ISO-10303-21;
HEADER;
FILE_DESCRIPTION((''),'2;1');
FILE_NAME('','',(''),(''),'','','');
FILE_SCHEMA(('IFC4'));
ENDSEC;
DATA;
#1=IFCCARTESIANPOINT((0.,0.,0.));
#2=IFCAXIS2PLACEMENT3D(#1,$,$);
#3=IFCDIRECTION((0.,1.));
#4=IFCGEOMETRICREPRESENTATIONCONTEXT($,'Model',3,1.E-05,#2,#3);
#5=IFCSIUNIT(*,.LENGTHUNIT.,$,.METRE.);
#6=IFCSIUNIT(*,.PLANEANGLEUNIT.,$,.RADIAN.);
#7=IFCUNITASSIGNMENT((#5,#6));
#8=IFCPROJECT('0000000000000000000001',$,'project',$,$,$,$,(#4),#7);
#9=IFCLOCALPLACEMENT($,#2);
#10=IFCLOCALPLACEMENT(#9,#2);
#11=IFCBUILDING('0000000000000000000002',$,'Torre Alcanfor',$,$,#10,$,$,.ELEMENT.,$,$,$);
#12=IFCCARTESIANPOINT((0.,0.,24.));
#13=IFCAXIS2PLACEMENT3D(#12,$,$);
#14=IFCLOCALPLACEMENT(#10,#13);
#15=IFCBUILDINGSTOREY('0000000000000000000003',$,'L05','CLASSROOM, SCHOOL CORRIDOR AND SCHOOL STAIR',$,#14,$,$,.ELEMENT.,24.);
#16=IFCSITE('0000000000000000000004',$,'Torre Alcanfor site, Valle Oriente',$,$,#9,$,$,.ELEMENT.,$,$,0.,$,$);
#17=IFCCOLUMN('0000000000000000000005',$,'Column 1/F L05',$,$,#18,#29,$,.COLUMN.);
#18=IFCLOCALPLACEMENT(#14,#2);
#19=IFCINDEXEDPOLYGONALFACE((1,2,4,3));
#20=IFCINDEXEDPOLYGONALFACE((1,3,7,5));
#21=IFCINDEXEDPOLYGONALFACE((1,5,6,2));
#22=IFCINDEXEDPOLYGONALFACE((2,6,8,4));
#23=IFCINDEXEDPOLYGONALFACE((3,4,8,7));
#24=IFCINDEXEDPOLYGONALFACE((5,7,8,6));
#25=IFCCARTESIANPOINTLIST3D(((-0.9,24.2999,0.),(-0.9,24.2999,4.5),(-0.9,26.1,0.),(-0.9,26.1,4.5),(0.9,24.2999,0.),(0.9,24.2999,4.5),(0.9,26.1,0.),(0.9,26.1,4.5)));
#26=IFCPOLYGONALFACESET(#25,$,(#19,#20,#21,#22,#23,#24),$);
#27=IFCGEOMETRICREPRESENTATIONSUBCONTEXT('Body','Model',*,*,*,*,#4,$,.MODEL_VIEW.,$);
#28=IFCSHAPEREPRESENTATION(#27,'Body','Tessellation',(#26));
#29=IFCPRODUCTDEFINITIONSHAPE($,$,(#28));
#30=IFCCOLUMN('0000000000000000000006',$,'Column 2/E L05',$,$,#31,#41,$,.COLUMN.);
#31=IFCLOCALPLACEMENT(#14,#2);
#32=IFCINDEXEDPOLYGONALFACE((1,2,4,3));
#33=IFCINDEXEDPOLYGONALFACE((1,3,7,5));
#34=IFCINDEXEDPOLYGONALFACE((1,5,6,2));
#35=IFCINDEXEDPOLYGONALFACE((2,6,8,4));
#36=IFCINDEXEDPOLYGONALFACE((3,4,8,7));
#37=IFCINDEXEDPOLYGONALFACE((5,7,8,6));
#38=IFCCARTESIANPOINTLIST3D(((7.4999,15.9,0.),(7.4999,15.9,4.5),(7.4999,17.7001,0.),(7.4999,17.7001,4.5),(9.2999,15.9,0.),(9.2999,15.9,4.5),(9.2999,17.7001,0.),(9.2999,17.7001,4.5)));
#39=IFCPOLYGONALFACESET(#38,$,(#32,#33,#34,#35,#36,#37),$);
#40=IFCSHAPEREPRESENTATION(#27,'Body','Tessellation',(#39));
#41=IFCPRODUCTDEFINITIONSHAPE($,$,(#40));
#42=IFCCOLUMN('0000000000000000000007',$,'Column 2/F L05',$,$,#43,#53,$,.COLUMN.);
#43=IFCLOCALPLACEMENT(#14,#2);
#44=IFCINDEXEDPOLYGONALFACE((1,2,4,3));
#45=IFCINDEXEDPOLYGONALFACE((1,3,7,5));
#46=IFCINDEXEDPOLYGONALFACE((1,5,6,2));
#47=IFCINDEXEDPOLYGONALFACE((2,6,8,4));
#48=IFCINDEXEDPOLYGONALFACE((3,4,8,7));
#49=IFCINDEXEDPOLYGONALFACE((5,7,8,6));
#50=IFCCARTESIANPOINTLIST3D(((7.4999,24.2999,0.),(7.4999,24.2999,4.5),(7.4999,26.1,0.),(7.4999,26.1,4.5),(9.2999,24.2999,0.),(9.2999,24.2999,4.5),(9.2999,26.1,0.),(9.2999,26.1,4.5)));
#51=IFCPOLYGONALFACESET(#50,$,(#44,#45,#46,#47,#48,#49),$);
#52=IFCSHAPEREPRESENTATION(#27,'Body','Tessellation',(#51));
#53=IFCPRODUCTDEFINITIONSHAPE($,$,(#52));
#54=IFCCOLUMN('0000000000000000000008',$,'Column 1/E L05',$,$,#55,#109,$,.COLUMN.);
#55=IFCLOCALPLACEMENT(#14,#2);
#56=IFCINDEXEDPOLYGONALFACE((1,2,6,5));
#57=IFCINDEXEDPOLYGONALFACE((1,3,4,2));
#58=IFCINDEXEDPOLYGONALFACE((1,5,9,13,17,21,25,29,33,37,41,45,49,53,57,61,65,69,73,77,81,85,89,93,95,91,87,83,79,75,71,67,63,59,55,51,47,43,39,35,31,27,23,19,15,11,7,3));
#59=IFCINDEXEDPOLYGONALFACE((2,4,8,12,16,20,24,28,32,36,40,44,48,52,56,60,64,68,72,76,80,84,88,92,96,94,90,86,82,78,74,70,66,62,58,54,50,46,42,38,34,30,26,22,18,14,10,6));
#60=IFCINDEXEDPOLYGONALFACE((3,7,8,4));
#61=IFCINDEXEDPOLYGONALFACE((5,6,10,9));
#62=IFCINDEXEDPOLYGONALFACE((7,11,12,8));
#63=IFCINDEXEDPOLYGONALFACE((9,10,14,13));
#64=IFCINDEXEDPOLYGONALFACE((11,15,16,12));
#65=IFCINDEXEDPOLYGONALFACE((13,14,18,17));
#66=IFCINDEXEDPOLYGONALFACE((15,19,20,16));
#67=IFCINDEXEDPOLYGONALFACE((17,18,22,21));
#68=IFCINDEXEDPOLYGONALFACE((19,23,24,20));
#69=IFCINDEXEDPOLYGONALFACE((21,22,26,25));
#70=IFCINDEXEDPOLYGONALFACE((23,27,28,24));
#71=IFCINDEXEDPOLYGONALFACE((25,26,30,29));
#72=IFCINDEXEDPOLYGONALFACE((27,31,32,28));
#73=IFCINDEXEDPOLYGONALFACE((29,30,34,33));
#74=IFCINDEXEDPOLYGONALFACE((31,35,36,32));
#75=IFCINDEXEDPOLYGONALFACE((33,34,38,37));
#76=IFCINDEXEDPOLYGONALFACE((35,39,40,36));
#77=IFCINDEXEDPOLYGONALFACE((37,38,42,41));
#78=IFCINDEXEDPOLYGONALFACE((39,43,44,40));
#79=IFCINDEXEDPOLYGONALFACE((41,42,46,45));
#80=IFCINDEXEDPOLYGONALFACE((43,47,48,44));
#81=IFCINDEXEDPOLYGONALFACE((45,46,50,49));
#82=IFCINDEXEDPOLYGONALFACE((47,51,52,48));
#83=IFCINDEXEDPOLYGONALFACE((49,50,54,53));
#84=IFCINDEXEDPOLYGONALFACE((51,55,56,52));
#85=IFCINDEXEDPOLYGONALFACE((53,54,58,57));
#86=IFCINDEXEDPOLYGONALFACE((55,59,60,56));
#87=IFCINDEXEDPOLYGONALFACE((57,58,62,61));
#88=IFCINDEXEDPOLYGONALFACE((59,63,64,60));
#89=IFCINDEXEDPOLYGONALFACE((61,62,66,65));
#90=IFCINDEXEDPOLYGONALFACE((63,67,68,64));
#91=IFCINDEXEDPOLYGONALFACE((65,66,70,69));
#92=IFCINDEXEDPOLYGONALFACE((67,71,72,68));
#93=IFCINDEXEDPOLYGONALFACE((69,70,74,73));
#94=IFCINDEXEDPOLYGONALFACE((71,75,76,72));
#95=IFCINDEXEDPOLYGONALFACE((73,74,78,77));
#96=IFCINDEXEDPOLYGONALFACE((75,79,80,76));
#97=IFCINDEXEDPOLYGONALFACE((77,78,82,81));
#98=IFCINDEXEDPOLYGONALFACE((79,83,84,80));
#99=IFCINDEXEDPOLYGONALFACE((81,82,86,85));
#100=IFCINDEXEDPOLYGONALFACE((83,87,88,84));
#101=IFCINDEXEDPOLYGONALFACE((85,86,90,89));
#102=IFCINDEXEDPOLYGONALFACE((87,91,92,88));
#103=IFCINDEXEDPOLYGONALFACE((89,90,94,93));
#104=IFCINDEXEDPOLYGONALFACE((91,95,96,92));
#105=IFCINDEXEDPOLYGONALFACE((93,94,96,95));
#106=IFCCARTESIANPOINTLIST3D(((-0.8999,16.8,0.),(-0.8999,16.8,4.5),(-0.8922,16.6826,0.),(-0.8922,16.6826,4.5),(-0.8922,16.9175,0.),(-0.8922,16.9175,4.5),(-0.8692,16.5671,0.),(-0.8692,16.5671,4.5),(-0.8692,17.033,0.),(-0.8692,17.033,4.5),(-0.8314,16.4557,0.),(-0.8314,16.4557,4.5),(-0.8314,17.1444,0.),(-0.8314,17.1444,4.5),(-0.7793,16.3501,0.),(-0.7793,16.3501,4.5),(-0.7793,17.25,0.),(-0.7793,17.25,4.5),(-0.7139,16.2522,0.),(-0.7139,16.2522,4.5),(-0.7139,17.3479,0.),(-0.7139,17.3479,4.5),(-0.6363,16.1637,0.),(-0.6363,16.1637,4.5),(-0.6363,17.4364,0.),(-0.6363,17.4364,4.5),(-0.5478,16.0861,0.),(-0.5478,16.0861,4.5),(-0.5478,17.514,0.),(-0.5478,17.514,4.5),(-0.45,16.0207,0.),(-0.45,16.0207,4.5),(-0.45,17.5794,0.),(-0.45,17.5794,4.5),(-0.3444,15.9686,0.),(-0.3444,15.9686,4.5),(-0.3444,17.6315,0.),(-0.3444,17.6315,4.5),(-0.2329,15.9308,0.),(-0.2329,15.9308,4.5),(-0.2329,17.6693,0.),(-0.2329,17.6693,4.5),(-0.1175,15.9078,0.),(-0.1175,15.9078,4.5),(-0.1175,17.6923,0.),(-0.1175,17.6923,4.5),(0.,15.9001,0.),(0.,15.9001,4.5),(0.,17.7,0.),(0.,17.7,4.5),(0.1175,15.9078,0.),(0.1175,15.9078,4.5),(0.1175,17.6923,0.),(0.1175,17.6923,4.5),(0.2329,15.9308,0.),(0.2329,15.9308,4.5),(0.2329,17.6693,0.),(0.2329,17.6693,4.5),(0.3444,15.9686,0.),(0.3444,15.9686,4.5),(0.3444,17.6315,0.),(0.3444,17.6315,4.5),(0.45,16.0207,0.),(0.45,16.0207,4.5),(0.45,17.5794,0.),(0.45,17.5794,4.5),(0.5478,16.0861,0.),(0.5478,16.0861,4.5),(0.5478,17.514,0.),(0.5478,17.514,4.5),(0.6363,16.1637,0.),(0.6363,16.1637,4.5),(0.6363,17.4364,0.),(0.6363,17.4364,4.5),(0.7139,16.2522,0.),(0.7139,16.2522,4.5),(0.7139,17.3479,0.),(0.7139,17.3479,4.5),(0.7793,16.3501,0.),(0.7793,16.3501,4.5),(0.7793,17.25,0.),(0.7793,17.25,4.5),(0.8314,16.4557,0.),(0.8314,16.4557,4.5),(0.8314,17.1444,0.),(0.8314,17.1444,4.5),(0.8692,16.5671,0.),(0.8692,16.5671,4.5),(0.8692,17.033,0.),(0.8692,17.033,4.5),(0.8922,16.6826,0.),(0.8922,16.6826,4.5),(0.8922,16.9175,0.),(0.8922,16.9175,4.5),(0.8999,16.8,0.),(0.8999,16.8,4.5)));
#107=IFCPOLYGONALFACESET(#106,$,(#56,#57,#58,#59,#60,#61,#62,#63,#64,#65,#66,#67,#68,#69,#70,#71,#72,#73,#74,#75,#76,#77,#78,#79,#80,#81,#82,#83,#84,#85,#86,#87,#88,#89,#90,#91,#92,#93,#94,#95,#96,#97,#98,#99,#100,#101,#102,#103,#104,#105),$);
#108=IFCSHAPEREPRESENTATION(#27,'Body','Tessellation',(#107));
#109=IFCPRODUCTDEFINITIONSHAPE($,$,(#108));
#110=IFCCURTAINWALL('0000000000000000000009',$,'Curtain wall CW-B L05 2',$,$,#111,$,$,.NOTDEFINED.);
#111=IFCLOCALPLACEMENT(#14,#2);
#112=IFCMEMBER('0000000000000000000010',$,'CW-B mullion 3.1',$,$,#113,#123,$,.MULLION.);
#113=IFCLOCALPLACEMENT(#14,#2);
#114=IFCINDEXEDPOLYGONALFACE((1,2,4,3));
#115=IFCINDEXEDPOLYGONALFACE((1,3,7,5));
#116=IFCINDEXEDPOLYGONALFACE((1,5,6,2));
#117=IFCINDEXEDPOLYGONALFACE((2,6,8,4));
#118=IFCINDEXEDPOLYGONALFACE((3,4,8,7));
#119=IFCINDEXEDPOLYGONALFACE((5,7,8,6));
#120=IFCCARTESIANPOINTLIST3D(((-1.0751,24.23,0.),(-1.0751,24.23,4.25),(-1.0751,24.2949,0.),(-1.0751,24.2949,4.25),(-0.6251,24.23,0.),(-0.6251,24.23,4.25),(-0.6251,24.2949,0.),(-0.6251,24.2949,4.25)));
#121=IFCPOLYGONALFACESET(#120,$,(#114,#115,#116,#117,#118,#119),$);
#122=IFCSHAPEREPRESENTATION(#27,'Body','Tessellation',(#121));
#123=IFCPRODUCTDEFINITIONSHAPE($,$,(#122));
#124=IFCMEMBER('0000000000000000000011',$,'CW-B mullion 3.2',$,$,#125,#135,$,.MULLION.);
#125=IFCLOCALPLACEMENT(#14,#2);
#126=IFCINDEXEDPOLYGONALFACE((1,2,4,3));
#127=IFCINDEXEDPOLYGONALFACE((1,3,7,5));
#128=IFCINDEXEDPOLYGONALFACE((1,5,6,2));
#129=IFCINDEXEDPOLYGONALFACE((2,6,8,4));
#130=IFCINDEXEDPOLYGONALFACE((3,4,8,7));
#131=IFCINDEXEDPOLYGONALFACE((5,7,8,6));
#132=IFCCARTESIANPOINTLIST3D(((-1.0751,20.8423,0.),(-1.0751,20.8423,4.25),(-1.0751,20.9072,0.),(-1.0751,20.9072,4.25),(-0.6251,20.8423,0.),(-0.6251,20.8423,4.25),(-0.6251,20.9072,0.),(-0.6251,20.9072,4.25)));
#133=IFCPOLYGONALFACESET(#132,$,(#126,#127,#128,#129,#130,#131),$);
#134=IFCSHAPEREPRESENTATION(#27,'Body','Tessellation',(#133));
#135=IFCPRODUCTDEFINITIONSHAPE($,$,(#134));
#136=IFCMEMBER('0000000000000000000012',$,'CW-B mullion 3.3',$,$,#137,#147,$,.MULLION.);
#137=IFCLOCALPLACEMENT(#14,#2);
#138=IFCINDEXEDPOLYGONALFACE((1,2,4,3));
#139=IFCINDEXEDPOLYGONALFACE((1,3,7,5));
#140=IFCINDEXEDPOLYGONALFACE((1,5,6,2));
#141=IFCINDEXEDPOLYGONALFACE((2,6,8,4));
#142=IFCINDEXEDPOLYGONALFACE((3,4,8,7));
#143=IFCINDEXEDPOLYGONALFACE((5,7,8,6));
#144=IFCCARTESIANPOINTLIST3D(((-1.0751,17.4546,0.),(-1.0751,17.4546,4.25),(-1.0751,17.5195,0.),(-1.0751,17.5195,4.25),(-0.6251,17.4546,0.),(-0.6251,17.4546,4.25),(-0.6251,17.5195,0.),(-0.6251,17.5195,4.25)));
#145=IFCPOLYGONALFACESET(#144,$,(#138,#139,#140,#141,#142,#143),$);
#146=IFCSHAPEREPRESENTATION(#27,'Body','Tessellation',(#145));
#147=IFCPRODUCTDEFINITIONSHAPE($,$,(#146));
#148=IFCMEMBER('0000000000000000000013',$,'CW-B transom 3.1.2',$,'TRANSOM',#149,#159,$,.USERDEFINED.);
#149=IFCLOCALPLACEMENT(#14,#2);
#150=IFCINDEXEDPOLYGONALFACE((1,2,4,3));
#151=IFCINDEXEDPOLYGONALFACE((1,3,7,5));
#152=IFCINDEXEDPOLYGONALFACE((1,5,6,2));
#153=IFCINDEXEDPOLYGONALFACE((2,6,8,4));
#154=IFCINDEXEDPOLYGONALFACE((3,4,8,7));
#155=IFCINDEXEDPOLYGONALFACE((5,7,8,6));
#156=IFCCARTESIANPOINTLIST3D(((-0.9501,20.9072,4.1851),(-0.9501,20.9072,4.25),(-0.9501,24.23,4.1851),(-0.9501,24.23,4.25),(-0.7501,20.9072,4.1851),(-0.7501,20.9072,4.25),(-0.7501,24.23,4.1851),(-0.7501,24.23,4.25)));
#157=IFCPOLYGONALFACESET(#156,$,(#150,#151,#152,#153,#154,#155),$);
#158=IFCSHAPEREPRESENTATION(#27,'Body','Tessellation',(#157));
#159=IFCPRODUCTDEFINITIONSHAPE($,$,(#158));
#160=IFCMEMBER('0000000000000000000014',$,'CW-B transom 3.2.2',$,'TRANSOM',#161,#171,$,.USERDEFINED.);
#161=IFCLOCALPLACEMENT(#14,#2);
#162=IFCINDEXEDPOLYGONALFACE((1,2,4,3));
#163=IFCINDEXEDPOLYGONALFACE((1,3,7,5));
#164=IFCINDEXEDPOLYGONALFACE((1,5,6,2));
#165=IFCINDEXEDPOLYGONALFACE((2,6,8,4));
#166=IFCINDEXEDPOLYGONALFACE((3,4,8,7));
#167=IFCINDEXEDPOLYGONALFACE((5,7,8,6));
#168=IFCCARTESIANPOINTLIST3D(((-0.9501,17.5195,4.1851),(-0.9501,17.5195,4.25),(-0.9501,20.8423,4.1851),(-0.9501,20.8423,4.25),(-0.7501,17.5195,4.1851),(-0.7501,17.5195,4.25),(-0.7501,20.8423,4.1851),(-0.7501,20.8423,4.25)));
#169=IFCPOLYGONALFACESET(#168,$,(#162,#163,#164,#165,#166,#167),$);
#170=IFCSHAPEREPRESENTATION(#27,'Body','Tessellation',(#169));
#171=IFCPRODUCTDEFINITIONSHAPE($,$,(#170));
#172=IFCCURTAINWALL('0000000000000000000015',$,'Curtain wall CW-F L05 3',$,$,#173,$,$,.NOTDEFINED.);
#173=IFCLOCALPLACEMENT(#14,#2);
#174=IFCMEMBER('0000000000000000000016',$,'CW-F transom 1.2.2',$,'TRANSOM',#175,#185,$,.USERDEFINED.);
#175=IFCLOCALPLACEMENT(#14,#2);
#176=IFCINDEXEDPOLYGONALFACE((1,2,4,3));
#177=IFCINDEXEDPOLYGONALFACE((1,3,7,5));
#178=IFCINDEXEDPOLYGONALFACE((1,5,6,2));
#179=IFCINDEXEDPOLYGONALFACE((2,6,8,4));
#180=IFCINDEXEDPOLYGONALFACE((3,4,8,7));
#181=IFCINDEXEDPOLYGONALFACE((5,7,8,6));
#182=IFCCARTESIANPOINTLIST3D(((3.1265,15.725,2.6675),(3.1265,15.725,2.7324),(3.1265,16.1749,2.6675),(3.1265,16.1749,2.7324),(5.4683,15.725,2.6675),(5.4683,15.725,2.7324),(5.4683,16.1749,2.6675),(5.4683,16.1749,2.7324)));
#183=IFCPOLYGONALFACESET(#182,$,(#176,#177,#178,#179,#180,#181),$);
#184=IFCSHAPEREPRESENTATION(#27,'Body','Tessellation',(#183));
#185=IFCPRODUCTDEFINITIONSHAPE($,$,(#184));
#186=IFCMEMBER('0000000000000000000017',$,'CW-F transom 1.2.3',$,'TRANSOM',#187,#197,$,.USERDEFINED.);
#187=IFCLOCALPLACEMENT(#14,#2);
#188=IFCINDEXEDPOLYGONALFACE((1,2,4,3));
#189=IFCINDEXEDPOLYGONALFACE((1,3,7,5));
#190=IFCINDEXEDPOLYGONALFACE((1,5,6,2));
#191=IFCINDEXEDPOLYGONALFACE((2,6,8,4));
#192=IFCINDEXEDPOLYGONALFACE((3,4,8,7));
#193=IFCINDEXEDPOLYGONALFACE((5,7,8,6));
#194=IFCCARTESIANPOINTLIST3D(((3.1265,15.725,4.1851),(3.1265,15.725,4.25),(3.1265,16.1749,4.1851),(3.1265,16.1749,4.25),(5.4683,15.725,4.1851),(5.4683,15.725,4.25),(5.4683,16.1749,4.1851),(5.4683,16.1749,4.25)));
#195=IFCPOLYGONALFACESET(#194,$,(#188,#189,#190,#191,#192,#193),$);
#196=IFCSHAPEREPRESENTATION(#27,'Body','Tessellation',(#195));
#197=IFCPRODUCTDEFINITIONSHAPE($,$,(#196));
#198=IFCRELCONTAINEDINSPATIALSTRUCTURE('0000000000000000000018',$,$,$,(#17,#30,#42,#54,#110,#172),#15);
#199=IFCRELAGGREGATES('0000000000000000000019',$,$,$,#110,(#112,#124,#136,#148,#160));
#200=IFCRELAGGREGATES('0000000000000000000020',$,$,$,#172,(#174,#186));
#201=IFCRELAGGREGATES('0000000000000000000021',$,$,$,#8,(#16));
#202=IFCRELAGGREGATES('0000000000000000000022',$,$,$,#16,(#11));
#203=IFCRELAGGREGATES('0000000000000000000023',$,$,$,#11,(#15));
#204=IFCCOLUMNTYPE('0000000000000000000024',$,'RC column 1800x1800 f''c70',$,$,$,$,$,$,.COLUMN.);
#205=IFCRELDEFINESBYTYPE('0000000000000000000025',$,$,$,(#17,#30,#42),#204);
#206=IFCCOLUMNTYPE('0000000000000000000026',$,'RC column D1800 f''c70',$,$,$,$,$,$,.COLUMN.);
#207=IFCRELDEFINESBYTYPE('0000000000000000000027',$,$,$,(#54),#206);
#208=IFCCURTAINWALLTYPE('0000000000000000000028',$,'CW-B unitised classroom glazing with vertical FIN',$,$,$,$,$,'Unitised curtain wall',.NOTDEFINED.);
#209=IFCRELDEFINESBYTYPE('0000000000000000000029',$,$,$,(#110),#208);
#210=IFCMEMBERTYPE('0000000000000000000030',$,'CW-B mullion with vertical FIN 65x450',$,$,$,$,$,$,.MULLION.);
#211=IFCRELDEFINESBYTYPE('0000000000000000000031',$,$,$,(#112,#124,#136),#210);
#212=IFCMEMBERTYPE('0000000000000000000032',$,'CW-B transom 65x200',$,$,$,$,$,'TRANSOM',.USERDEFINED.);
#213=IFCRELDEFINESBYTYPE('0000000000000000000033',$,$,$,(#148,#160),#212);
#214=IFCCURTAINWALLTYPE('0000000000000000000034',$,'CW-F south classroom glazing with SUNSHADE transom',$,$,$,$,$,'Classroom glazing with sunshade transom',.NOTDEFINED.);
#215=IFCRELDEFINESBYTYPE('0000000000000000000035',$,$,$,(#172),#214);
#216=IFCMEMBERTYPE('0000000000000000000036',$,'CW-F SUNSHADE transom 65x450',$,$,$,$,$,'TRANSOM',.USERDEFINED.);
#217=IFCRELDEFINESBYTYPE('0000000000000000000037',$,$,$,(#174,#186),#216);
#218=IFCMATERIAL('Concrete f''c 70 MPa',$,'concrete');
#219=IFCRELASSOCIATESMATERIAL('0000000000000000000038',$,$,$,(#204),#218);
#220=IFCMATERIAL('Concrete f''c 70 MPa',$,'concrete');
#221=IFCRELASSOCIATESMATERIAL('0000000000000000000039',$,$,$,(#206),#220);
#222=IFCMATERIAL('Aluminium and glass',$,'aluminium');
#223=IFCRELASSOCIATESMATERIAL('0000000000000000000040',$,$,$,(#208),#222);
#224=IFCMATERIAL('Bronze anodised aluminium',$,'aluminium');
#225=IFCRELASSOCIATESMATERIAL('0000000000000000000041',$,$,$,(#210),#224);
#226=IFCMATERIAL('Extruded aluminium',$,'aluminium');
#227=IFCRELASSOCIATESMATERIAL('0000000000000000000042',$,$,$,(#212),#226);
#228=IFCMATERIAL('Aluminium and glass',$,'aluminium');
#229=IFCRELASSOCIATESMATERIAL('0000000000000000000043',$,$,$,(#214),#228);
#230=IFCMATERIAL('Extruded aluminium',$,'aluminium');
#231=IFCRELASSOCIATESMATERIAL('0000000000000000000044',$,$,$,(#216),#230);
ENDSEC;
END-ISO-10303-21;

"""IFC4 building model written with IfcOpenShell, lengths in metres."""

from ifc_helpers import new_model, si_unit, direction, frame, origin, origin_2d, place, context, subcontext, project, spatial, rectangle, circle, extrude, material, material_profile, profile_set, type_object, element, aggregate, save


model = new_model("IFC4")

# Units and contexts
model_context = context("Model", 3, precision=1e-05, world=origin(), true_north=direction((0.0, 1.0)))
body_context = subcontext(model_context, "Body", "Model", "MODEL_VIEW")
ifc_project = project(units=[si_unit("LENGTHUNIT", "METRE"), si_unit("PLANEANGLEUNIT", "RADIAN")], contexts=[model_context])

# Site, building, storey
site_placement = place(None, origin())
site = spatial("IfcSite", under=ifc_project, at=site_placement, Name="Torre Alcanfor site, Valle Oriente", CompositionType="ELEMENT", RefElevation=0.0)
building_placement = place(site_placement, origin())
building = spatial("IfcBuilding", under=site, at=building_placement, Name="Torre Alcanfor", CompositionType="ELEMENT")
storey_placement = place(building_placement, frame((0.0, 0.0, 24.0)))
storey = spatial("IfcBuildingStorey", under=building, at=storey_placement, Name="L05", Description="CLASSROOM, SCHOOL CORRIDOR AND SCHOOL STAIR", CompositionType="ELEMENT", Elevation=24.0)

# Columns
ifc_material_1 = material(Name="Concrete f'c 70 MPa", Category="concrete")
ifc_material_profile_1 = material_profile(ifc_material_1, rectangle(XDim=1.8, YDim=1.8, at=origin_2d()), Name="1800x1800")
ifc_profile_set_1 = profile_set([ifc_material_profile_1], Name="Concrete f'c 70 MPa")
column_type_1 = type_object("IfcColumnType", Name="RC column 1800x1800 f'c70", PredefinedType="COLUMN", material=ifc_profile_set_1)
for number, where, z_axis, x_axis, name in (
    (1, (0.0, 25.2, 0.0), (0.0, 0.0, 1.0), (1.0, 0.0, 0.0), "Column 1/F L05"),
    (2, (8.3999, 16.8, 0.0), (0.0, 0.0, 1.0), (1.0, 0.0, 0.0), "Column 2/E L05"),
    (3, (8.3999, 25.2, 0.0), (0.0, 0.0, 1.0), (1.0, 0.0, 0.0), "Column 2/F L05"),
):
    element("IfcColumn", number, at=place(storey_placement, frame(where, z_axis=z_axis, x_axis=x_axis)), inside=storey, type_object=column_type_1, Name=name, PredefinedType="COLUMN", context=body_context, shape_type="SweptSolid", body=[
        extrude(rectangle(XDim=1.8, YDim=1.8, at=origin_2d()), origin(), (0.0, 0.0, 1.0), 4.5),
    ])
ifc_material_2 = material(Name="Concrete f'c 70 MPa", Category="concrete")
ifc_material_profile_2 = material_profile(ifc_material_2, circle(Radius=0.8999, at=origin_2d()), Name="D1800")
ifc_profile_set_2 = profile_set([ifc_material_profile_2], Name="Concrete f'c 70 MPa")
column_type_2 = type_object("IfcColumnType", Name="RC column D1800 f'c70", PredefinedType="COLUMN", material=ifc_profile_set_2)
column_placement = place(storey_placement, frame((0.0, 16.8, 0.0), z_axis=(0.0, 0.0, 1.0), x_axis=(1.0, 0.0, 0.0)))
element("IfcColumn", 4, at=column_placement, inside=storey, type_object=column_type_2, Name="Column 1/E L05", PredefinedType="COLUMN", context=body_context, shape_type="SweptSolid", body=[
    extrude(circle(Radius=0.8999, at=origin_2d()), origin(), (0.0, 0.0, 1.0), 4.5),
])

# Curtain walls, members
ifc_material_3 = material(Name="Aluminium and glass", Category="aluminium")
curtain_wall_type_1 = type_object("IfcCurtainWallType", Name="CW-B unitised classroom glazing with vertical FIN", ElementType="Unitised curtain wall", PredefinedType="NOTDEFINED", material=ifc_material_3)
curtain_wall_1_placement = place(storey_placement, origin())
curtain_wall_1 = element("IfcCurtainWall", 5, at=curtain_wall_1_placement, inside=storey, type_object=curtain_wall_type_1, Name="Curtain wall CW-B L05 2", PredefinedType="NOTDEFINED")
ifc_material_4 = material(Name="Bronze anodised aluminium", Category="aluminium")
ifc_material_profile_3 = material_profile(ifc_material_4, rectangle(XDim=0.45, YDim=0.0649, at=origin_2d()), Name="CW-B mullion 65x450")
ifc_profile_set_3 = profile_set([ifc_material_profile_3], Name="Bronze anodised aluminium")
member_type_1 = type_object("IfcMemberType", Name="CW-B mullion with vertical FIN 65x450", PredefinedType="MULLION", material=ifc_profile_set_3)
member_1_placement = place(storey_placement, frame((-0.8501, 24.2625, 0.0), z_axis=(0.0, 0.0, 1.0), x_axis=(1.0, 0.0, 0.0)))
member_1 = element("IfcMember", 6, at=member_1_placement, type_object=member_type_1, Name="CW-B mullion 3.1", PredefinedType="MULLION", context=body_context, shape_type="SweptSolid", body=[
    extrude(rectangle(XDim=0.45, YDim=0.0649, at=origin_2d()), origin(), (0.0, 0.0, 1.0), 4.25),
])
member_2_placement = place(storey_placement, frame((-0.8501, 20.8748, 0.0), z_axis=(0.0, 0.0, 1.0), x_axis=(1.0, 0.0, 0.0)))
member_2 = element("IfcMember", 7, at=member_2_placement, type_object=member_type_1, Name="CW-B mullion 3.2", PredefinedType="MULLION", context=body_context, shape_type="SweptSolid", body=[
    extrude(rectangle(XDim=0.45, YDim=0.0649, at=origin_2d()), origin(), (0.0, 0.0, 1.0), 4.25),
])
member_3_placement = place(storey_placement, frame((-0.8501, 17.4871, 0.0), z_axis=(0.0, 0.0, 1.0), x_axis=(1.0, 0.0, 0.0)))
member_3 = element("IfcMember", 8, at=member_3_placement, type_object=member_type_1, Name="CW-B mullion 3.3", PredefinedType="MULLION", context=body_context, shape_type="SweptSolid", body=[
    extrude(rectangle(XDim=0.45, YDim=0.0649, at=origin_2d()), origin(), (0.0, 0.0, 1.0), 4.25),
])
ifc_material_5 = material(Name="Extruded aluminium", Category="aluminium")
ifc_material_profile_4 = material_profile(ifc_material_5, rectangle(XDim=0.2, YDim=0.0649, at=origin_2d()), Name="CW-B transom 200x65")
ifc_profile_set_4 = profile_set([ifc_material_profile_4], Name="Extruded aluminium")
member_type_2 = type_object("IfcMemberType", Name="CW-B transom 65x200", ElementType="TRANSOM", PredefinedType="USERDEFINED", material=ifc_profile_set_4)
member_4_placement = place(storey_placement, frame((-0.8501, 24.23, 4.2175), z_axis=(0.0, -1.0, 0.0), x_axis=(1.0, 0.0, 0.0)))
member_4 = element("IfcMember", 9, at=member_4_placement, type_object=member_type_2, Name="CW-B transom 3.1.2", ObjectType="TRANSOM", PredefinedType="USERDEFINED", context=body_context, shape_type="SweptSolid", body=[
    extrude(rectangle(XDim=0.2, YDim=0.0649, at=origin_2d()), origin(), (0.0, 0.0, 1.0), 3.3228),
])
member_5_placement = place(storey_placement, frame((-0.8501, 20.8423, 4.2175), z_axis=(0.0, -1.0, 0.0), x_axis=(1.0, 0.0, 0.0)))
member_5 = element("IfcMember", 10, at=member_5_placement, type_object=member_type_2, Name="CW-B transom 3.2.2", ObjectType="TRANSOM", PredefinedType="USERDEFINED", context=body_context, shape_type="SweptSolid", body=[
    extrude(rectangle(XDim=0.2, YDim=0.0649, at=origin_2d()), origin(), (0.0, 0.0, 1.0), 3.3228),
])
ifc_material_6 = material(Name="Aluminium and glass", Category="aluminium")
curtain_wall_type_2 = type_object("IfcCurtainWallType", Name="CW-F south classroom glazing with SUNSHADE transom", ElementType="Classroom glazing with sunshade transom", PredefinedType="NOTDEFINED", material=ifc_material_6)
curtain_wall_2_placement = place(storey_placement, origin())
curtain_wall_2 = element("IfcCurtainWall", 11, at=curtain_wall_2_placement, inside=storey, type_object=curtain_wall_type_2, Name="Curtain wall CW-F L05 3", PredefinedType="NOTDEFINED")
ifc_material_7 = material(Name="Extruded aluminium", Category="aluminium")
ifc_material_profile_5 = material_profile(ifc_material_7, rectangle(XDim=0.45, YDim=0.0649, at=origin_2d()), Name="CW-F transom 450x65")
ifc_profile_set_5 = profile_set([ifc_material_profile_5], Name="Extruded aluminium")
member_type_3 = type_object("IfcMemberType", Name="CW-F SUNSHADE transom 65x450", ElementType="TRANSOM", PredefinedType="USERDEFINED", material=ifc_profile_set_5)
member_6_placement = place(storey_placement, frame((3.1265, 15.95, 2.7), z_axis=(1.0, 0.0, 0.0), x_axis=(0.0, 1.0, 0.0)))
member_6 = element("IfcMember", 12, at=member_6_placement, type_object=member_type_3, Name="CW-F transom 1.2.2", ObjectType="TRANSOM", PredefinedType="USERDEFINED", context=body_context, shape_type="SweptSolid", body=[
    extrude(rectangle(XDim=0.45, YDim=0.0649, at=origin_2d()), origin(), (0.0, 0.0, 1.0), 2.3418),
])
member_7_placement = place(storey_placement, frame((3.1265, 15.95, 4.2175), z_axis=(1.0, 0.0, 0.0), x_axis=(0.0, 1.0, 0.0)))
member_7 = element("IfcMember", 13, at=member_7_placement, type_object=member_type_3, Name="CW-F transom 1.2.3", ObjectType="TRANSOM", PredefinedType="USERDEFINED", context=body_context, shape_type="SweptSolid", body=[
    extrude(rectangle(XDim=0.45, YDim=0.0649, at=origin_2d()), origin(), (0.0, 0.0, 1.0), 2.3418),
])

aggregate(curtain_wall_1, [member_1, member_2, member_3, member_4, member_5])
aggregate(curtain_wall_2, [member_6, member_7])

save(model, "model.ifc")
